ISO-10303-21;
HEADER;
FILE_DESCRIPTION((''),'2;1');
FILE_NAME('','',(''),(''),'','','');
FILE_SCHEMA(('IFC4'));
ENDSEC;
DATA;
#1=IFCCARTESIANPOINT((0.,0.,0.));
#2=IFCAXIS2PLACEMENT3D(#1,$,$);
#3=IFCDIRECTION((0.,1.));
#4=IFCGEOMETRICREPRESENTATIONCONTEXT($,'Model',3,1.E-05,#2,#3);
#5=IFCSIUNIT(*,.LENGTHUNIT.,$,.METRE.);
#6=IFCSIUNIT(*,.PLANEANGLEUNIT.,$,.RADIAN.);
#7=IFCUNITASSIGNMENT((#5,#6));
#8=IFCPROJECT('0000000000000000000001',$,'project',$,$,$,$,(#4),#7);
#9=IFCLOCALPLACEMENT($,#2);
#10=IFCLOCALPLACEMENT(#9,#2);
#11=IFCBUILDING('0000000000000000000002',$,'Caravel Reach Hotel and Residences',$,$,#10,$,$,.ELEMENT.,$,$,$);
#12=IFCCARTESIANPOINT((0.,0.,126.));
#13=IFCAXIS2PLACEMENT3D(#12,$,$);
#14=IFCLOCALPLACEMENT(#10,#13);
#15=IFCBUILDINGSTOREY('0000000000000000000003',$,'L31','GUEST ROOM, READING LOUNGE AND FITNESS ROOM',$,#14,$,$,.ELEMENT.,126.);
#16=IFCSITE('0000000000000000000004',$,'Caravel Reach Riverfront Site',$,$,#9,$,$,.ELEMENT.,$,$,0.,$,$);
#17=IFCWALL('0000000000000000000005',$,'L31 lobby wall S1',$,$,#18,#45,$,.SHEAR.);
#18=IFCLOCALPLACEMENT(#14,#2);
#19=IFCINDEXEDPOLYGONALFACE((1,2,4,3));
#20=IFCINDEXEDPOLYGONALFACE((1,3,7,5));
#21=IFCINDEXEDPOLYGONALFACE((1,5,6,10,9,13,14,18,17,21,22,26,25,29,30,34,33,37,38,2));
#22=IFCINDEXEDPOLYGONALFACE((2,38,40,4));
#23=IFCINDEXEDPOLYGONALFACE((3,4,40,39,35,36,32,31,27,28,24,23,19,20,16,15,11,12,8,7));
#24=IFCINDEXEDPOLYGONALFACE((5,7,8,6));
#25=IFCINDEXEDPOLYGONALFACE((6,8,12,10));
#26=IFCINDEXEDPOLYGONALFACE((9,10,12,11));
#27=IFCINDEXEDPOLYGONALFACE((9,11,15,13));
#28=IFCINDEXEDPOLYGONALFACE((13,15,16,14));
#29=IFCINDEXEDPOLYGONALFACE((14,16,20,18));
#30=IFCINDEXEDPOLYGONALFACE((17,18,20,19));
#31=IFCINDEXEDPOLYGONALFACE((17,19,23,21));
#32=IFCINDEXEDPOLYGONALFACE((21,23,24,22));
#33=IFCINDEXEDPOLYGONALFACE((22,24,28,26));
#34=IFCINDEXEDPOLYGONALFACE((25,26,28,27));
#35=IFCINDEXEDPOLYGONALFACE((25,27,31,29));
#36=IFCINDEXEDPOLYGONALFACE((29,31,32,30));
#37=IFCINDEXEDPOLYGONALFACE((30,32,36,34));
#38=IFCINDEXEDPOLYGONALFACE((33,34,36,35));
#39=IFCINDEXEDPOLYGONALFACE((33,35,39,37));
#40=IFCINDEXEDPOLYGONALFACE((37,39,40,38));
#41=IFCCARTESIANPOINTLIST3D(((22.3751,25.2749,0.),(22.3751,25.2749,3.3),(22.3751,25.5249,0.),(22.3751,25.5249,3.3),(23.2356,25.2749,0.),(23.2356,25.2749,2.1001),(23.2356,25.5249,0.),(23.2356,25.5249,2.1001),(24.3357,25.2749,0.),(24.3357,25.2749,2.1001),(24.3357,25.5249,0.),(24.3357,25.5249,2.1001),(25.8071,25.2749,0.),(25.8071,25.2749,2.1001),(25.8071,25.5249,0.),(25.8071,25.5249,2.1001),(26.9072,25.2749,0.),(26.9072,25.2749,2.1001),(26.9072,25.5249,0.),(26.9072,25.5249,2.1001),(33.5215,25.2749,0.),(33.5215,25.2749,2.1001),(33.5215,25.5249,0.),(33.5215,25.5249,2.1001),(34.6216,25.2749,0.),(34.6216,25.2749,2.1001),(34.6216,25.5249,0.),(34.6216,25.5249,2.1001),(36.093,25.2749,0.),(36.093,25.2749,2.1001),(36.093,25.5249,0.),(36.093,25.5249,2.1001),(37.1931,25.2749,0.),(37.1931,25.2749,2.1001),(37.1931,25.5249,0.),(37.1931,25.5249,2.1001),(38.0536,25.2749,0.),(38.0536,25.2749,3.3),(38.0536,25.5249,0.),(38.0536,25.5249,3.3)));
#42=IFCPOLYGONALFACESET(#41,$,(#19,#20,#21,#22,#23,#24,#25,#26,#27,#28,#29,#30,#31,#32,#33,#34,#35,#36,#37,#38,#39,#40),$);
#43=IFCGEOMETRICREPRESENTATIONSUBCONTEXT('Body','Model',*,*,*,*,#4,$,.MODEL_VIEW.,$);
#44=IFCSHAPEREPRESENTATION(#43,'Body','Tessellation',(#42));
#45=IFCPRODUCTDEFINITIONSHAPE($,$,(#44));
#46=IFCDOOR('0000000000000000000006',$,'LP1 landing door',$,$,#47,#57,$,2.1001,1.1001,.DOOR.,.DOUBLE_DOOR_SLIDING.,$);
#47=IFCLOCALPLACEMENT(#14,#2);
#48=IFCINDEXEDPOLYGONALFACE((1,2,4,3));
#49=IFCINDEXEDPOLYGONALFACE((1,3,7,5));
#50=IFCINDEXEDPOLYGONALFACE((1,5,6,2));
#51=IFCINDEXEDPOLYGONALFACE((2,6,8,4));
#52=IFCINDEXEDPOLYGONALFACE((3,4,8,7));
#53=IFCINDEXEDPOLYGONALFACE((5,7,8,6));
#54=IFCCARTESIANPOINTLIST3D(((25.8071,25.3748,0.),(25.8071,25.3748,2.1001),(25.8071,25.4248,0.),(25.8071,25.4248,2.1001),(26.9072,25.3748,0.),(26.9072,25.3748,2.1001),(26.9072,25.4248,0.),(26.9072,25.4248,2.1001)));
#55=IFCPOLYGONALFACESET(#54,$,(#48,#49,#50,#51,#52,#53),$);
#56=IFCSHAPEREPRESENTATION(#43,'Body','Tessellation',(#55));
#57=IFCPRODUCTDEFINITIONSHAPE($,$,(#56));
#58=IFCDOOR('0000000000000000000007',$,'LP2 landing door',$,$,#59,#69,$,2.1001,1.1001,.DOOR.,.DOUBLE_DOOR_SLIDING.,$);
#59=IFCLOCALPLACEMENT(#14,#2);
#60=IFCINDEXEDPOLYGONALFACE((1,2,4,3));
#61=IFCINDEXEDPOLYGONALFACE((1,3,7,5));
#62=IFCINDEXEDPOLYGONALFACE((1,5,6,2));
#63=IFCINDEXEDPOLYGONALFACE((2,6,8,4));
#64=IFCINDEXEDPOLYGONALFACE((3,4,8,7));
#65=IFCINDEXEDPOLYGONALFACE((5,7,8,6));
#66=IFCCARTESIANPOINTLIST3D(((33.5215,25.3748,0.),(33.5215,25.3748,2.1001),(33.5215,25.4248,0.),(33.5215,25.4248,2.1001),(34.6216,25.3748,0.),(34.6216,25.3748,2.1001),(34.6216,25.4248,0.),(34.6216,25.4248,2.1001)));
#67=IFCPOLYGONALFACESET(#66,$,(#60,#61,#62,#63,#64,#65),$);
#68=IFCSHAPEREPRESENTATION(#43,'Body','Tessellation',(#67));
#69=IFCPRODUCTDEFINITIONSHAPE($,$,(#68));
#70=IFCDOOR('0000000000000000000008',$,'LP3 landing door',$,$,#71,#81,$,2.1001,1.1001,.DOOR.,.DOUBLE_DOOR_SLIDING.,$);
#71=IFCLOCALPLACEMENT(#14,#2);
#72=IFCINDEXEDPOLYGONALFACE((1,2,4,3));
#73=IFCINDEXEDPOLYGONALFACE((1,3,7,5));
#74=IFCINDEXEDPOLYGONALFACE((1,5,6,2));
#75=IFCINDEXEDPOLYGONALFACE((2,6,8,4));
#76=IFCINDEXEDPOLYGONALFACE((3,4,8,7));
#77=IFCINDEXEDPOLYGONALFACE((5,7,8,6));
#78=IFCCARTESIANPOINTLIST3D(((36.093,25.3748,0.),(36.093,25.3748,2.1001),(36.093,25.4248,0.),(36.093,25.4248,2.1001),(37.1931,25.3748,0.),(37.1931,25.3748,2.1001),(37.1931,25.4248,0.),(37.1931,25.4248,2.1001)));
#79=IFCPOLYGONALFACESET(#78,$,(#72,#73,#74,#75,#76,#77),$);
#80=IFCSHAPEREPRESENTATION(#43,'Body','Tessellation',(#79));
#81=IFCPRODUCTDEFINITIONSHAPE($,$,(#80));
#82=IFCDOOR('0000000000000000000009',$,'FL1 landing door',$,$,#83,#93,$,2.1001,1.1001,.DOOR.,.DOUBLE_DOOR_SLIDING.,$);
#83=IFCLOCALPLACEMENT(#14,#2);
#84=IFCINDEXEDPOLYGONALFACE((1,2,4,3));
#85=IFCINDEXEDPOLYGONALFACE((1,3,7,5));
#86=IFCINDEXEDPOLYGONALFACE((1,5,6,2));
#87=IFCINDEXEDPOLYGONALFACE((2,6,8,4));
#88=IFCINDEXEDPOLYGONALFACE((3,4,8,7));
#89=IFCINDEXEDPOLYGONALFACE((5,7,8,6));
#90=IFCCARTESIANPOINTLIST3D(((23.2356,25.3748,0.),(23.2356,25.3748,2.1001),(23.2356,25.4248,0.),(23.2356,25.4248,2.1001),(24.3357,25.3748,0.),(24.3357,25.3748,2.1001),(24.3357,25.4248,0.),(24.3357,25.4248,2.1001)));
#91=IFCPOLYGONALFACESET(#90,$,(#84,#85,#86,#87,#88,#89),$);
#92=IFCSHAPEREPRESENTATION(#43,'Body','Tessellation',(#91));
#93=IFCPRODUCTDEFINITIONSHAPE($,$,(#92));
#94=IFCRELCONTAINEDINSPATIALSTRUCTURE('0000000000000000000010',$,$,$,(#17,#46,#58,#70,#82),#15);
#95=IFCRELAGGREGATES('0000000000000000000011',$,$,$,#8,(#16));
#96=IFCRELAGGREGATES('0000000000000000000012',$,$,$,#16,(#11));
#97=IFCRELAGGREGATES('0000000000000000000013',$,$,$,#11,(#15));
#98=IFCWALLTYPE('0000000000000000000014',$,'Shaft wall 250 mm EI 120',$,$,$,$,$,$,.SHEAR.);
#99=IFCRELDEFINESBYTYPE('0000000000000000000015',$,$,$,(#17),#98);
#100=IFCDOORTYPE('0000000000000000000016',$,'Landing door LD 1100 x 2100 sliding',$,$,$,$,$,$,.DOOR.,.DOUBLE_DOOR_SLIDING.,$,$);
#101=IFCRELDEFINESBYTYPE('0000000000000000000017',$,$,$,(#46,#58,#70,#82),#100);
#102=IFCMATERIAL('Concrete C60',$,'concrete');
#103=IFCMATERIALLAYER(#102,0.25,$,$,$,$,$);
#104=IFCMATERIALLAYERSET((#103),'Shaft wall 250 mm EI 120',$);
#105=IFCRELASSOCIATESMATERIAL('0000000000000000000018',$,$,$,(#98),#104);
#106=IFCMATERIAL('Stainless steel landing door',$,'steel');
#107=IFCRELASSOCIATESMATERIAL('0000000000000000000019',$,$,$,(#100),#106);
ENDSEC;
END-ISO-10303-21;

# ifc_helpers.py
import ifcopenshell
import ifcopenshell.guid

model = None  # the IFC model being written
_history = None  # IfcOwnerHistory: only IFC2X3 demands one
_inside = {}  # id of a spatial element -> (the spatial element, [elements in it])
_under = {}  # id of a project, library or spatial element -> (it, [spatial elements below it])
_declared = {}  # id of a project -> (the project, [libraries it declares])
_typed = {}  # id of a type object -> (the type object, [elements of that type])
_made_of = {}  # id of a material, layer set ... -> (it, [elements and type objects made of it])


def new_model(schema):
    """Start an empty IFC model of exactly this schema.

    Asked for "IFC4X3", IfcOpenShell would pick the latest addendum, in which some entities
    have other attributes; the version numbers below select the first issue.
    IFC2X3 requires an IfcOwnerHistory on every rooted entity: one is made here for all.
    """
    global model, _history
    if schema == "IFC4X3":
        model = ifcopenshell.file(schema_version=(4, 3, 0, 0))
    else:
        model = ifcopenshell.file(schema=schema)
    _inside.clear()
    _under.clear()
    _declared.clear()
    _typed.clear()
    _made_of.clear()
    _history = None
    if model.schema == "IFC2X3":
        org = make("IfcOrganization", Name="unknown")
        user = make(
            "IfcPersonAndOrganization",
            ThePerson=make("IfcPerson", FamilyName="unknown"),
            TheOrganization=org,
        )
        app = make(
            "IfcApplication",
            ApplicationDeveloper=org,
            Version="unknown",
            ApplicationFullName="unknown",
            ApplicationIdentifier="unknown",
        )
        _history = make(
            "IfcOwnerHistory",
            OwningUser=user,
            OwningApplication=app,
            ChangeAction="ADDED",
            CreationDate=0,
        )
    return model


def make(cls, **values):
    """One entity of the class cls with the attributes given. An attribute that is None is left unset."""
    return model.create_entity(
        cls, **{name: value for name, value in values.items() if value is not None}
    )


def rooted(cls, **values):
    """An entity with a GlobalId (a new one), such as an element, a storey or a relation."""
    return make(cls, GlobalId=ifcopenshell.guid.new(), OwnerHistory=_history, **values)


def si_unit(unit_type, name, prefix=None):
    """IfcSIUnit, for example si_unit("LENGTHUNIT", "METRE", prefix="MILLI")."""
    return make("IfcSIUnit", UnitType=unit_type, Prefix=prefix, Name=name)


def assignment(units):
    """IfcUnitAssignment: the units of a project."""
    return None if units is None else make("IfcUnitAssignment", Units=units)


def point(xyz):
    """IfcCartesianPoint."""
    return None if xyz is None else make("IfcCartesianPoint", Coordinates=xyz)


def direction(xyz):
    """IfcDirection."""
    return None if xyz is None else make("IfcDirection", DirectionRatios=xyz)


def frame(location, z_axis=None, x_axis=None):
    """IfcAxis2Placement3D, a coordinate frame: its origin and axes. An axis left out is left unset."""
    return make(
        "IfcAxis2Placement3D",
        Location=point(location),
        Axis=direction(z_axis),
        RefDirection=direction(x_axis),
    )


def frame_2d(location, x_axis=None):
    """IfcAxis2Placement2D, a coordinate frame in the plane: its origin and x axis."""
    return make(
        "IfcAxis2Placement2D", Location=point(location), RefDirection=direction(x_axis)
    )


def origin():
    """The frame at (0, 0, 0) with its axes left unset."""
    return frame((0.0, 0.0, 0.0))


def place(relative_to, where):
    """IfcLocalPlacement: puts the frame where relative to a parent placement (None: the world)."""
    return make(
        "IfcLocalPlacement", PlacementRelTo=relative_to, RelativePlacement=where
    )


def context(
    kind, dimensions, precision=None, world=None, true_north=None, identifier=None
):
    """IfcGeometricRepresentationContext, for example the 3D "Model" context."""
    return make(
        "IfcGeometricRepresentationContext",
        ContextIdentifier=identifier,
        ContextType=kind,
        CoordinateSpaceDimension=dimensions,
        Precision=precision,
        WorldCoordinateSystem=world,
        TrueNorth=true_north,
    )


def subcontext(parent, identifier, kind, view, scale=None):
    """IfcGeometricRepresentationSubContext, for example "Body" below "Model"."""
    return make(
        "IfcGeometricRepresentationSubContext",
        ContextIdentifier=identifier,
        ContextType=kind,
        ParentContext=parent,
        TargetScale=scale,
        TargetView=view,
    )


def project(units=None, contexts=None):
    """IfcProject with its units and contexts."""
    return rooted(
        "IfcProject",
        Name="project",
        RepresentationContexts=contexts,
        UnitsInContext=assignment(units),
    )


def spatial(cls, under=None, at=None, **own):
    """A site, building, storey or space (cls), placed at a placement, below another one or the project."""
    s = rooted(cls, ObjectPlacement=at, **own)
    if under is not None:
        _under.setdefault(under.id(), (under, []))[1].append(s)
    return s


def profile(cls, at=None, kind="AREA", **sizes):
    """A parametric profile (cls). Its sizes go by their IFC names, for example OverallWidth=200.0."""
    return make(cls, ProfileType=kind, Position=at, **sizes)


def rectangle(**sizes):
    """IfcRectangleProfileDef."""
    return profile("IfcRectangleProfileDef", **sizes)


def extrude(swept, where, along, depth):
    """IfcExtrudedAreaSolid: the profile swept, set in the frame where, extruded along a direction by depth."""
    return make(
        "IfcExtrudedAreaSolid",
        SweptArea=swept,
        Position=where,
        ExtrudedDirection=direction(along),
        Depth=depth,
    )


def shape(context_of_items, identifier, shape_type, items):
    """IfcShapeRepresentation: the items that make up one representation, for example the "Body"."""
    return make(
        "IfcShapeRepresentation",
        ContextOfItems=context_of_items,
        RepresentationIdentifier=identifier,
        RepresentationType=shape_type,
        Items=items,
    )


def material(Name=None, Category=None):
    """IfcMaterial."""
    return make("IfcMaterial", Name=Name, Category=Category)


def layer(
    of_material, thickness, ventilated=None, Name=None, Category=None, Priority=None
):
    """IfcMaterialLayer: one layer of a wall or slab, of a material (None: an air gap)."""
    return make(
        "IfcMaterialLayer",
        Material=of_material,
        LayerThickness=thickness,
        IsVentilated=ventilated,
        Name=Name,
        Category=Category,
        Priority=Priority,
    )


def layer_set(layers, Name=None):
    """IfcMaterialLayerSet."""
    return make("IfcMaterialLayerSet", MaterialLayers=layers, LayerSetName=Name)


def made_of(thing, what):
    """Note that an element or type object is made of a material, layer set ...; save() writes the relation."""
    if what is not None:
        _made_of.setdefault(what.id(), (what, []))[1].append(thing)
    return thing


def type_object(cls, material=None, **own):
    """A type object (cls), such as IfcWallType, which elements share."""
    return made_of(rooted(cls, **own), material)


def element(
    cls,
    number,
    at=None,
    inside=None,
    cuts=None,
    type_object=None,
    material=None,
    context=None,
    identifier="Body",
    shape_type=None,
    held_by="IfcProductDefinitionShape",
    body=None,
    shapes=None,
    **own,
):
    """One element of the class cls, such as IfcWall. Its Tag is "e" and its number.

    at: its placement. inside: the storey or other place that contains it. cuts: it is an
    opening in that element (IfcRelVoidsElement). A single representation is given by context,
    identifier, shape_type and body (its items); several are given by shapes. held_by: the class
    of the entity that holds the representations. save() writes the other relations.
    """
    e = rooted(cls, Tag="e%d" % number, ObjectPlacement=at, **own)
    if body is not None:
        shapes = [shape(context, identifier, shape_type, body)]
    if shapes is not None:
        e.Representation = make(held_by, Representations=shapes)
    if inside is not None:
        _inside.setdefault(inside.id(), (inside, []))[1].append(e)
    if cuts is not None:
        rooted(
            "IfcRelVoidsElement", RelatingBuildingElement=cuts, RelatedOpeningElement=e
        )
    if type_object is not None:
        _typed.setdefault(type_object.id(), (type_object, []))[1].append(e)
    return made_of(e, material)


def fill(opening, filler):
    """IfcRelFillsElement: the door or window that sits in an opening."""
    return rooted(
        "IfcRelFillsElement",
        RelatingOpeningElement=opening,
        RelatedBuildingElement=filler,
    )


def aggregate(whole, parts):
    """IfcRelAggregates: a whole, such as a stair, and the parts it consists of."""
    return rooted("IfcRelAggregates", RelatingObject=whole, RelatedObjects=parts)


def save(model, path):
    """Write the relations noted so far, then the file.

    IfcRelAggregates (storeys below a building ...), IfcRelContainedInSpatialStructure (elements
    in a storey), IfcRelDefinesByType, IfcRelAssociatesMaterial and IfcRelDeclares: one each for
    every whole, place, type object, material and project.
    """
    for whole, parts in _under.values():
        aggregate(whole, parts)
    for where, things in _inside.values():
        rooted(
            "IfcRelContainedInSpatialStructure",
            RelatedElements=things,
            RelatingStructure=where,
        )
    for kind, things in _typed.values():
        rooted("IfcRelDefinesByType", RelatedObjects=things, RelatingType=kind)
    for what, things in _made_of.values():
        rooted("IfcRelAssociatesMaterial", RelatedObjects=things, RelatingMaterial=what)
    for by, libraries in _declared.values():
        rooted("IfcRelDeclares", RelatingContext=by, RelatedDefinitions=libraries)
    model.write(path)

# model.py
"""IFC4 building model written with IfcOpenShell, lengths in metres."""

from ifc_helpers import new_model, si_unit, direction, frame, frame_2d, origin, place, context, subcontext, project, spatial, rectangle, extrude, material, layer, layer_set, type_object, element, fill, save


model = new_model("IFC4")

# Units and contexts
model_context = context("Model", 3, precision=1e-05, world=origin(), true_north=direction((0.0, 1.0)))
body_context = subcontext(model_context, "Body", "Model", "MODEL_VIEW")
ifc_project = project(units=[si_unit("LENGTHUNIT", "METRE"), si_unit("PLANEANGLEUNIT", "RADIAN")], contexts=[model_context])

# Site, building, storey
site_placement = place(None, origin())
site = spatial("IfcSite", under=ifc_project, at=site_placement, Name="Caravel Reach Riverfront Site", CompositionType="ELEMENT", RefElevation=0.0)
building_placement = place(site_placement, origin())
building = spatial("IfcBuilding", under=site, at=building_placement, Name="Caravel Reach Hotel and Residences", CompositionType="ELEMENT")
storey_placement = place(building_placement, frame((0.0, 0.0, 126.0)))
storey = spatial("IfcBuildingStorey", under=building, at=storey_placement, Name="L31", Description="GUEST ROOM, READING LOUNGE AND FITNESS ROOM", CompositionType="ELEMENT", Elevation=126.0)

# Wall, openings, doors
ifc_material_1 = material(Name="Concrete C60", Category="concrete")
ifc_layer_1 = layer(ifc_material_1, 0.25)
ifc_layer_set_1 = layer_set([ifc_layer_1], Name="Shaft wall 250 mm EI 120")
wall_type_1 = type_object("IfcWallType", Name="Shaft wall 250 mm EI 120", PredefinedType="SHEAR", material=ifc_layer_set_1)
wall_1_placement = place(storey_placement, frame((22.375, 25.3999, 0.0), z_axis=(0.0, 0.0, 1.0), x_axis=(1.0, 0.0, 0.0)))
wall_1 = element("IfcWall", 1, at=wall_1_placement, inside=storey, type_object=wall_type_1, Name="L31 lobby wall S1", PredefinedType="SHEAR", context=body_context, shape_type="SweptSolid", body=[
    extrude(rectangle(XDim=15.6785, YDim=0.25, at=frame_2d((7.8394, 0.0))), origin(), (0.0, 0.0, 1.0), 3.3),
])
opening_1_placement = place(wall_1_placement, frame((3.4321, 0.0, 0.0)))
opening_1 = element("IfcOpeningElement", 2, at=opening_1_placement, cuts=wall_1, PredefinedType="OPENING", context=body_context, shape_type="SweptSolid", body=[
    extrude(rectangle(XDim=1.1001, YDim=2.1001, at=frame_2d((0.55, 1.05))), frame((0.0, 0.135, 0.0), z_axis=(0.0, -1.0, 0.0), x_axis=(1.0, 0.0, 0.0)), (0.0, 0.0, 1.0), 0.27),
])
opening_2_placement = place(wall_1_placement, frame((11.1465, 0.0, 0.0)))
opening_2 = element("IfcOpeningElement", 3, at=opening_2_placement, cuts=wall_1, PredefinedType="OPENING", context=body_context, shape_type="SweptSolid", body=[
    extrude(rectangle(XDim=1.1001, YDim=2.1001, at=frame_2d((0.55, 1.05))), frame((0.0, 0.135, 0.0), z_axis=(0.0, -1.0, 0.0), x_axis=(1.0, 0.0, 0.0)), (0.0, 0.0, 1.0), 0.27),
])
opening_3_placement = place(wall_1_placement, frame((13.718, 0.0, 0.0)))
opening_3 = element("IfcOpeningElement", 4, at=opening_3_placement, cuts=wall_1, PredefinedType="OPENING", context=body_context, shape_type="SweptSolid", body=[
    extrude(rectangle(XDim=1.1001, YDim=2.1001, at=frame_2d((0.55, 1.05))), frame((0.0, 0.135, 0.0), z_axis=(0.0, -1.0, 0.0), x_axis=(1.0, 0.0, 0.0)), (0.0, 0.0, 1.0), 0.27),
])
opening_4_placement = place(wall_1_placement, frame((0.8606, 0.0, 0.0)))
opening_4 = element("IfcOpeningElement", 5, at=opening_4_placement, cuts=wall_1, PredefinedType="OPENING", context=body_context, shape_type="SweptSolid", body=[
    extrude(rectangle(XDim=1.1001, YDim=2.1001, at=frame_2d((0.55, 1.05))), frame((0.0, 0.135, 0.0), z_axis=(0.0, -1.0, 0.0), x_axis=(1.0, 0.0, 0.0)), (0.0, 0.0, 1.0), 0.27),
])
ifc_material_2 = material(Name="Stainless steel landing door", Category="steel")
door_type_1 = type_object("IfcDoorType", Name="Landing door LD 1100 x 2100 sliding", OperationType="DOUBLE_DOOR_SLIDING", PredefinedType="DOOR", material=ifc_material_2)
door_1_placement = place(opening_1_placement, origin())
door_1 = element("IfcDoor", 6, at=door_1_placement, inside=storey, type_object=door_type_1, Name="LP1 landing door", OperationType="DOUBLE_DOOR_SLIDING", OverallHeight=2.1001, OverallWidth=1.1001, PredefinedType="DOOR", context=body_context, shape_type="SweptSolid", body=[
    extrude(rectangle(XDim=1.1001, YDim=2.1001, at=frame_2d((0.55, 1.05))), frame((0.0, 0.0249, 0.0), z_axis=(0.0, -1.0, 0.0), x_axis=(1.0, 0.0, 0.0)), (0.0, 0.0, 1.0), 0.05),
])
fill(opening_1, door_1)
door_2_placement = place(opening_2_placement, origin())
door_2 = element("IfcDoor", 7, at=door_2_placement, inside=storey, type_object=door_type_1, Name="LP2 landing door", OperationType="DOUBLE_DOOR_SLIDING", OverallHeight=2.1001, OverallWidth=1.1001, PredefinedType="DOOR", context=body_context, shape_type="SweptSolid", body=[
    extrude(rectangle(XDim=1.1001, YDim=2.1001, at=frame_2d((0.55, 1.05))), frame((0.0, 0.0249, 0.0), z_axis=(0.0, -1.0, 0.0), x_axis=(1.0, 0.0, 0.0)), (0.0, 0.0, 1.0), 0.05),
])
fill(opening_2, door_2)
door_3_placement = place(opening_3_placement, origin())
door_3 = element("IfcDoor", 8, at=door_3_placement, inside=storey, type_object=door_type_1, Name="LP3 landing door", OperationType="DOUBLE_DOOR_SLIDING", OverallHeight=2.1001, OverallWidth=1.1001, PredefinedType="DOOR", context=body_context, shape_type="SweptSolid", body=[
    extrude(rectangle(XDim=1.1001, YDim=2.1001, at=frame_2d((0.55, 1.05))), frame((0.0, 0.0249, 0.0), z_axis=(0.0, -1.0, 0.0), x_axis=(1.0, 0.0, 0.0)), (0.0, 0.0, 1.0), 0.05),
])
fill(opening_3, door_3)
door_4_placement = place(opening_4_placement, origin())
door_4 = element("IfcDoor", 9, at=door_4_placement, inside=storey, type_object=door_type_1, Name="FL1 landing door", OperationType="DOUBLE_DOOR_SLIDING", OverallHeight=2.1001, OverallWidth=1.1001, PredefinedType="DOOR", context=body_context, shape_type="SweptSolid", body=[
    extrude(rectangle(XDim=1.1001, YDim=2.1001, at=frame_2d((0.55, 1.05))), frame((0.0, 0.0249, 0.0), z_axis=(0.0, -1.0, 0.0), x_axis=(1.0, 0.0, 0.0)), (0.0, 0.0, 1.0), 0.05),
])
fill(opening_4, door_4)

save(model, "model.ifc")
